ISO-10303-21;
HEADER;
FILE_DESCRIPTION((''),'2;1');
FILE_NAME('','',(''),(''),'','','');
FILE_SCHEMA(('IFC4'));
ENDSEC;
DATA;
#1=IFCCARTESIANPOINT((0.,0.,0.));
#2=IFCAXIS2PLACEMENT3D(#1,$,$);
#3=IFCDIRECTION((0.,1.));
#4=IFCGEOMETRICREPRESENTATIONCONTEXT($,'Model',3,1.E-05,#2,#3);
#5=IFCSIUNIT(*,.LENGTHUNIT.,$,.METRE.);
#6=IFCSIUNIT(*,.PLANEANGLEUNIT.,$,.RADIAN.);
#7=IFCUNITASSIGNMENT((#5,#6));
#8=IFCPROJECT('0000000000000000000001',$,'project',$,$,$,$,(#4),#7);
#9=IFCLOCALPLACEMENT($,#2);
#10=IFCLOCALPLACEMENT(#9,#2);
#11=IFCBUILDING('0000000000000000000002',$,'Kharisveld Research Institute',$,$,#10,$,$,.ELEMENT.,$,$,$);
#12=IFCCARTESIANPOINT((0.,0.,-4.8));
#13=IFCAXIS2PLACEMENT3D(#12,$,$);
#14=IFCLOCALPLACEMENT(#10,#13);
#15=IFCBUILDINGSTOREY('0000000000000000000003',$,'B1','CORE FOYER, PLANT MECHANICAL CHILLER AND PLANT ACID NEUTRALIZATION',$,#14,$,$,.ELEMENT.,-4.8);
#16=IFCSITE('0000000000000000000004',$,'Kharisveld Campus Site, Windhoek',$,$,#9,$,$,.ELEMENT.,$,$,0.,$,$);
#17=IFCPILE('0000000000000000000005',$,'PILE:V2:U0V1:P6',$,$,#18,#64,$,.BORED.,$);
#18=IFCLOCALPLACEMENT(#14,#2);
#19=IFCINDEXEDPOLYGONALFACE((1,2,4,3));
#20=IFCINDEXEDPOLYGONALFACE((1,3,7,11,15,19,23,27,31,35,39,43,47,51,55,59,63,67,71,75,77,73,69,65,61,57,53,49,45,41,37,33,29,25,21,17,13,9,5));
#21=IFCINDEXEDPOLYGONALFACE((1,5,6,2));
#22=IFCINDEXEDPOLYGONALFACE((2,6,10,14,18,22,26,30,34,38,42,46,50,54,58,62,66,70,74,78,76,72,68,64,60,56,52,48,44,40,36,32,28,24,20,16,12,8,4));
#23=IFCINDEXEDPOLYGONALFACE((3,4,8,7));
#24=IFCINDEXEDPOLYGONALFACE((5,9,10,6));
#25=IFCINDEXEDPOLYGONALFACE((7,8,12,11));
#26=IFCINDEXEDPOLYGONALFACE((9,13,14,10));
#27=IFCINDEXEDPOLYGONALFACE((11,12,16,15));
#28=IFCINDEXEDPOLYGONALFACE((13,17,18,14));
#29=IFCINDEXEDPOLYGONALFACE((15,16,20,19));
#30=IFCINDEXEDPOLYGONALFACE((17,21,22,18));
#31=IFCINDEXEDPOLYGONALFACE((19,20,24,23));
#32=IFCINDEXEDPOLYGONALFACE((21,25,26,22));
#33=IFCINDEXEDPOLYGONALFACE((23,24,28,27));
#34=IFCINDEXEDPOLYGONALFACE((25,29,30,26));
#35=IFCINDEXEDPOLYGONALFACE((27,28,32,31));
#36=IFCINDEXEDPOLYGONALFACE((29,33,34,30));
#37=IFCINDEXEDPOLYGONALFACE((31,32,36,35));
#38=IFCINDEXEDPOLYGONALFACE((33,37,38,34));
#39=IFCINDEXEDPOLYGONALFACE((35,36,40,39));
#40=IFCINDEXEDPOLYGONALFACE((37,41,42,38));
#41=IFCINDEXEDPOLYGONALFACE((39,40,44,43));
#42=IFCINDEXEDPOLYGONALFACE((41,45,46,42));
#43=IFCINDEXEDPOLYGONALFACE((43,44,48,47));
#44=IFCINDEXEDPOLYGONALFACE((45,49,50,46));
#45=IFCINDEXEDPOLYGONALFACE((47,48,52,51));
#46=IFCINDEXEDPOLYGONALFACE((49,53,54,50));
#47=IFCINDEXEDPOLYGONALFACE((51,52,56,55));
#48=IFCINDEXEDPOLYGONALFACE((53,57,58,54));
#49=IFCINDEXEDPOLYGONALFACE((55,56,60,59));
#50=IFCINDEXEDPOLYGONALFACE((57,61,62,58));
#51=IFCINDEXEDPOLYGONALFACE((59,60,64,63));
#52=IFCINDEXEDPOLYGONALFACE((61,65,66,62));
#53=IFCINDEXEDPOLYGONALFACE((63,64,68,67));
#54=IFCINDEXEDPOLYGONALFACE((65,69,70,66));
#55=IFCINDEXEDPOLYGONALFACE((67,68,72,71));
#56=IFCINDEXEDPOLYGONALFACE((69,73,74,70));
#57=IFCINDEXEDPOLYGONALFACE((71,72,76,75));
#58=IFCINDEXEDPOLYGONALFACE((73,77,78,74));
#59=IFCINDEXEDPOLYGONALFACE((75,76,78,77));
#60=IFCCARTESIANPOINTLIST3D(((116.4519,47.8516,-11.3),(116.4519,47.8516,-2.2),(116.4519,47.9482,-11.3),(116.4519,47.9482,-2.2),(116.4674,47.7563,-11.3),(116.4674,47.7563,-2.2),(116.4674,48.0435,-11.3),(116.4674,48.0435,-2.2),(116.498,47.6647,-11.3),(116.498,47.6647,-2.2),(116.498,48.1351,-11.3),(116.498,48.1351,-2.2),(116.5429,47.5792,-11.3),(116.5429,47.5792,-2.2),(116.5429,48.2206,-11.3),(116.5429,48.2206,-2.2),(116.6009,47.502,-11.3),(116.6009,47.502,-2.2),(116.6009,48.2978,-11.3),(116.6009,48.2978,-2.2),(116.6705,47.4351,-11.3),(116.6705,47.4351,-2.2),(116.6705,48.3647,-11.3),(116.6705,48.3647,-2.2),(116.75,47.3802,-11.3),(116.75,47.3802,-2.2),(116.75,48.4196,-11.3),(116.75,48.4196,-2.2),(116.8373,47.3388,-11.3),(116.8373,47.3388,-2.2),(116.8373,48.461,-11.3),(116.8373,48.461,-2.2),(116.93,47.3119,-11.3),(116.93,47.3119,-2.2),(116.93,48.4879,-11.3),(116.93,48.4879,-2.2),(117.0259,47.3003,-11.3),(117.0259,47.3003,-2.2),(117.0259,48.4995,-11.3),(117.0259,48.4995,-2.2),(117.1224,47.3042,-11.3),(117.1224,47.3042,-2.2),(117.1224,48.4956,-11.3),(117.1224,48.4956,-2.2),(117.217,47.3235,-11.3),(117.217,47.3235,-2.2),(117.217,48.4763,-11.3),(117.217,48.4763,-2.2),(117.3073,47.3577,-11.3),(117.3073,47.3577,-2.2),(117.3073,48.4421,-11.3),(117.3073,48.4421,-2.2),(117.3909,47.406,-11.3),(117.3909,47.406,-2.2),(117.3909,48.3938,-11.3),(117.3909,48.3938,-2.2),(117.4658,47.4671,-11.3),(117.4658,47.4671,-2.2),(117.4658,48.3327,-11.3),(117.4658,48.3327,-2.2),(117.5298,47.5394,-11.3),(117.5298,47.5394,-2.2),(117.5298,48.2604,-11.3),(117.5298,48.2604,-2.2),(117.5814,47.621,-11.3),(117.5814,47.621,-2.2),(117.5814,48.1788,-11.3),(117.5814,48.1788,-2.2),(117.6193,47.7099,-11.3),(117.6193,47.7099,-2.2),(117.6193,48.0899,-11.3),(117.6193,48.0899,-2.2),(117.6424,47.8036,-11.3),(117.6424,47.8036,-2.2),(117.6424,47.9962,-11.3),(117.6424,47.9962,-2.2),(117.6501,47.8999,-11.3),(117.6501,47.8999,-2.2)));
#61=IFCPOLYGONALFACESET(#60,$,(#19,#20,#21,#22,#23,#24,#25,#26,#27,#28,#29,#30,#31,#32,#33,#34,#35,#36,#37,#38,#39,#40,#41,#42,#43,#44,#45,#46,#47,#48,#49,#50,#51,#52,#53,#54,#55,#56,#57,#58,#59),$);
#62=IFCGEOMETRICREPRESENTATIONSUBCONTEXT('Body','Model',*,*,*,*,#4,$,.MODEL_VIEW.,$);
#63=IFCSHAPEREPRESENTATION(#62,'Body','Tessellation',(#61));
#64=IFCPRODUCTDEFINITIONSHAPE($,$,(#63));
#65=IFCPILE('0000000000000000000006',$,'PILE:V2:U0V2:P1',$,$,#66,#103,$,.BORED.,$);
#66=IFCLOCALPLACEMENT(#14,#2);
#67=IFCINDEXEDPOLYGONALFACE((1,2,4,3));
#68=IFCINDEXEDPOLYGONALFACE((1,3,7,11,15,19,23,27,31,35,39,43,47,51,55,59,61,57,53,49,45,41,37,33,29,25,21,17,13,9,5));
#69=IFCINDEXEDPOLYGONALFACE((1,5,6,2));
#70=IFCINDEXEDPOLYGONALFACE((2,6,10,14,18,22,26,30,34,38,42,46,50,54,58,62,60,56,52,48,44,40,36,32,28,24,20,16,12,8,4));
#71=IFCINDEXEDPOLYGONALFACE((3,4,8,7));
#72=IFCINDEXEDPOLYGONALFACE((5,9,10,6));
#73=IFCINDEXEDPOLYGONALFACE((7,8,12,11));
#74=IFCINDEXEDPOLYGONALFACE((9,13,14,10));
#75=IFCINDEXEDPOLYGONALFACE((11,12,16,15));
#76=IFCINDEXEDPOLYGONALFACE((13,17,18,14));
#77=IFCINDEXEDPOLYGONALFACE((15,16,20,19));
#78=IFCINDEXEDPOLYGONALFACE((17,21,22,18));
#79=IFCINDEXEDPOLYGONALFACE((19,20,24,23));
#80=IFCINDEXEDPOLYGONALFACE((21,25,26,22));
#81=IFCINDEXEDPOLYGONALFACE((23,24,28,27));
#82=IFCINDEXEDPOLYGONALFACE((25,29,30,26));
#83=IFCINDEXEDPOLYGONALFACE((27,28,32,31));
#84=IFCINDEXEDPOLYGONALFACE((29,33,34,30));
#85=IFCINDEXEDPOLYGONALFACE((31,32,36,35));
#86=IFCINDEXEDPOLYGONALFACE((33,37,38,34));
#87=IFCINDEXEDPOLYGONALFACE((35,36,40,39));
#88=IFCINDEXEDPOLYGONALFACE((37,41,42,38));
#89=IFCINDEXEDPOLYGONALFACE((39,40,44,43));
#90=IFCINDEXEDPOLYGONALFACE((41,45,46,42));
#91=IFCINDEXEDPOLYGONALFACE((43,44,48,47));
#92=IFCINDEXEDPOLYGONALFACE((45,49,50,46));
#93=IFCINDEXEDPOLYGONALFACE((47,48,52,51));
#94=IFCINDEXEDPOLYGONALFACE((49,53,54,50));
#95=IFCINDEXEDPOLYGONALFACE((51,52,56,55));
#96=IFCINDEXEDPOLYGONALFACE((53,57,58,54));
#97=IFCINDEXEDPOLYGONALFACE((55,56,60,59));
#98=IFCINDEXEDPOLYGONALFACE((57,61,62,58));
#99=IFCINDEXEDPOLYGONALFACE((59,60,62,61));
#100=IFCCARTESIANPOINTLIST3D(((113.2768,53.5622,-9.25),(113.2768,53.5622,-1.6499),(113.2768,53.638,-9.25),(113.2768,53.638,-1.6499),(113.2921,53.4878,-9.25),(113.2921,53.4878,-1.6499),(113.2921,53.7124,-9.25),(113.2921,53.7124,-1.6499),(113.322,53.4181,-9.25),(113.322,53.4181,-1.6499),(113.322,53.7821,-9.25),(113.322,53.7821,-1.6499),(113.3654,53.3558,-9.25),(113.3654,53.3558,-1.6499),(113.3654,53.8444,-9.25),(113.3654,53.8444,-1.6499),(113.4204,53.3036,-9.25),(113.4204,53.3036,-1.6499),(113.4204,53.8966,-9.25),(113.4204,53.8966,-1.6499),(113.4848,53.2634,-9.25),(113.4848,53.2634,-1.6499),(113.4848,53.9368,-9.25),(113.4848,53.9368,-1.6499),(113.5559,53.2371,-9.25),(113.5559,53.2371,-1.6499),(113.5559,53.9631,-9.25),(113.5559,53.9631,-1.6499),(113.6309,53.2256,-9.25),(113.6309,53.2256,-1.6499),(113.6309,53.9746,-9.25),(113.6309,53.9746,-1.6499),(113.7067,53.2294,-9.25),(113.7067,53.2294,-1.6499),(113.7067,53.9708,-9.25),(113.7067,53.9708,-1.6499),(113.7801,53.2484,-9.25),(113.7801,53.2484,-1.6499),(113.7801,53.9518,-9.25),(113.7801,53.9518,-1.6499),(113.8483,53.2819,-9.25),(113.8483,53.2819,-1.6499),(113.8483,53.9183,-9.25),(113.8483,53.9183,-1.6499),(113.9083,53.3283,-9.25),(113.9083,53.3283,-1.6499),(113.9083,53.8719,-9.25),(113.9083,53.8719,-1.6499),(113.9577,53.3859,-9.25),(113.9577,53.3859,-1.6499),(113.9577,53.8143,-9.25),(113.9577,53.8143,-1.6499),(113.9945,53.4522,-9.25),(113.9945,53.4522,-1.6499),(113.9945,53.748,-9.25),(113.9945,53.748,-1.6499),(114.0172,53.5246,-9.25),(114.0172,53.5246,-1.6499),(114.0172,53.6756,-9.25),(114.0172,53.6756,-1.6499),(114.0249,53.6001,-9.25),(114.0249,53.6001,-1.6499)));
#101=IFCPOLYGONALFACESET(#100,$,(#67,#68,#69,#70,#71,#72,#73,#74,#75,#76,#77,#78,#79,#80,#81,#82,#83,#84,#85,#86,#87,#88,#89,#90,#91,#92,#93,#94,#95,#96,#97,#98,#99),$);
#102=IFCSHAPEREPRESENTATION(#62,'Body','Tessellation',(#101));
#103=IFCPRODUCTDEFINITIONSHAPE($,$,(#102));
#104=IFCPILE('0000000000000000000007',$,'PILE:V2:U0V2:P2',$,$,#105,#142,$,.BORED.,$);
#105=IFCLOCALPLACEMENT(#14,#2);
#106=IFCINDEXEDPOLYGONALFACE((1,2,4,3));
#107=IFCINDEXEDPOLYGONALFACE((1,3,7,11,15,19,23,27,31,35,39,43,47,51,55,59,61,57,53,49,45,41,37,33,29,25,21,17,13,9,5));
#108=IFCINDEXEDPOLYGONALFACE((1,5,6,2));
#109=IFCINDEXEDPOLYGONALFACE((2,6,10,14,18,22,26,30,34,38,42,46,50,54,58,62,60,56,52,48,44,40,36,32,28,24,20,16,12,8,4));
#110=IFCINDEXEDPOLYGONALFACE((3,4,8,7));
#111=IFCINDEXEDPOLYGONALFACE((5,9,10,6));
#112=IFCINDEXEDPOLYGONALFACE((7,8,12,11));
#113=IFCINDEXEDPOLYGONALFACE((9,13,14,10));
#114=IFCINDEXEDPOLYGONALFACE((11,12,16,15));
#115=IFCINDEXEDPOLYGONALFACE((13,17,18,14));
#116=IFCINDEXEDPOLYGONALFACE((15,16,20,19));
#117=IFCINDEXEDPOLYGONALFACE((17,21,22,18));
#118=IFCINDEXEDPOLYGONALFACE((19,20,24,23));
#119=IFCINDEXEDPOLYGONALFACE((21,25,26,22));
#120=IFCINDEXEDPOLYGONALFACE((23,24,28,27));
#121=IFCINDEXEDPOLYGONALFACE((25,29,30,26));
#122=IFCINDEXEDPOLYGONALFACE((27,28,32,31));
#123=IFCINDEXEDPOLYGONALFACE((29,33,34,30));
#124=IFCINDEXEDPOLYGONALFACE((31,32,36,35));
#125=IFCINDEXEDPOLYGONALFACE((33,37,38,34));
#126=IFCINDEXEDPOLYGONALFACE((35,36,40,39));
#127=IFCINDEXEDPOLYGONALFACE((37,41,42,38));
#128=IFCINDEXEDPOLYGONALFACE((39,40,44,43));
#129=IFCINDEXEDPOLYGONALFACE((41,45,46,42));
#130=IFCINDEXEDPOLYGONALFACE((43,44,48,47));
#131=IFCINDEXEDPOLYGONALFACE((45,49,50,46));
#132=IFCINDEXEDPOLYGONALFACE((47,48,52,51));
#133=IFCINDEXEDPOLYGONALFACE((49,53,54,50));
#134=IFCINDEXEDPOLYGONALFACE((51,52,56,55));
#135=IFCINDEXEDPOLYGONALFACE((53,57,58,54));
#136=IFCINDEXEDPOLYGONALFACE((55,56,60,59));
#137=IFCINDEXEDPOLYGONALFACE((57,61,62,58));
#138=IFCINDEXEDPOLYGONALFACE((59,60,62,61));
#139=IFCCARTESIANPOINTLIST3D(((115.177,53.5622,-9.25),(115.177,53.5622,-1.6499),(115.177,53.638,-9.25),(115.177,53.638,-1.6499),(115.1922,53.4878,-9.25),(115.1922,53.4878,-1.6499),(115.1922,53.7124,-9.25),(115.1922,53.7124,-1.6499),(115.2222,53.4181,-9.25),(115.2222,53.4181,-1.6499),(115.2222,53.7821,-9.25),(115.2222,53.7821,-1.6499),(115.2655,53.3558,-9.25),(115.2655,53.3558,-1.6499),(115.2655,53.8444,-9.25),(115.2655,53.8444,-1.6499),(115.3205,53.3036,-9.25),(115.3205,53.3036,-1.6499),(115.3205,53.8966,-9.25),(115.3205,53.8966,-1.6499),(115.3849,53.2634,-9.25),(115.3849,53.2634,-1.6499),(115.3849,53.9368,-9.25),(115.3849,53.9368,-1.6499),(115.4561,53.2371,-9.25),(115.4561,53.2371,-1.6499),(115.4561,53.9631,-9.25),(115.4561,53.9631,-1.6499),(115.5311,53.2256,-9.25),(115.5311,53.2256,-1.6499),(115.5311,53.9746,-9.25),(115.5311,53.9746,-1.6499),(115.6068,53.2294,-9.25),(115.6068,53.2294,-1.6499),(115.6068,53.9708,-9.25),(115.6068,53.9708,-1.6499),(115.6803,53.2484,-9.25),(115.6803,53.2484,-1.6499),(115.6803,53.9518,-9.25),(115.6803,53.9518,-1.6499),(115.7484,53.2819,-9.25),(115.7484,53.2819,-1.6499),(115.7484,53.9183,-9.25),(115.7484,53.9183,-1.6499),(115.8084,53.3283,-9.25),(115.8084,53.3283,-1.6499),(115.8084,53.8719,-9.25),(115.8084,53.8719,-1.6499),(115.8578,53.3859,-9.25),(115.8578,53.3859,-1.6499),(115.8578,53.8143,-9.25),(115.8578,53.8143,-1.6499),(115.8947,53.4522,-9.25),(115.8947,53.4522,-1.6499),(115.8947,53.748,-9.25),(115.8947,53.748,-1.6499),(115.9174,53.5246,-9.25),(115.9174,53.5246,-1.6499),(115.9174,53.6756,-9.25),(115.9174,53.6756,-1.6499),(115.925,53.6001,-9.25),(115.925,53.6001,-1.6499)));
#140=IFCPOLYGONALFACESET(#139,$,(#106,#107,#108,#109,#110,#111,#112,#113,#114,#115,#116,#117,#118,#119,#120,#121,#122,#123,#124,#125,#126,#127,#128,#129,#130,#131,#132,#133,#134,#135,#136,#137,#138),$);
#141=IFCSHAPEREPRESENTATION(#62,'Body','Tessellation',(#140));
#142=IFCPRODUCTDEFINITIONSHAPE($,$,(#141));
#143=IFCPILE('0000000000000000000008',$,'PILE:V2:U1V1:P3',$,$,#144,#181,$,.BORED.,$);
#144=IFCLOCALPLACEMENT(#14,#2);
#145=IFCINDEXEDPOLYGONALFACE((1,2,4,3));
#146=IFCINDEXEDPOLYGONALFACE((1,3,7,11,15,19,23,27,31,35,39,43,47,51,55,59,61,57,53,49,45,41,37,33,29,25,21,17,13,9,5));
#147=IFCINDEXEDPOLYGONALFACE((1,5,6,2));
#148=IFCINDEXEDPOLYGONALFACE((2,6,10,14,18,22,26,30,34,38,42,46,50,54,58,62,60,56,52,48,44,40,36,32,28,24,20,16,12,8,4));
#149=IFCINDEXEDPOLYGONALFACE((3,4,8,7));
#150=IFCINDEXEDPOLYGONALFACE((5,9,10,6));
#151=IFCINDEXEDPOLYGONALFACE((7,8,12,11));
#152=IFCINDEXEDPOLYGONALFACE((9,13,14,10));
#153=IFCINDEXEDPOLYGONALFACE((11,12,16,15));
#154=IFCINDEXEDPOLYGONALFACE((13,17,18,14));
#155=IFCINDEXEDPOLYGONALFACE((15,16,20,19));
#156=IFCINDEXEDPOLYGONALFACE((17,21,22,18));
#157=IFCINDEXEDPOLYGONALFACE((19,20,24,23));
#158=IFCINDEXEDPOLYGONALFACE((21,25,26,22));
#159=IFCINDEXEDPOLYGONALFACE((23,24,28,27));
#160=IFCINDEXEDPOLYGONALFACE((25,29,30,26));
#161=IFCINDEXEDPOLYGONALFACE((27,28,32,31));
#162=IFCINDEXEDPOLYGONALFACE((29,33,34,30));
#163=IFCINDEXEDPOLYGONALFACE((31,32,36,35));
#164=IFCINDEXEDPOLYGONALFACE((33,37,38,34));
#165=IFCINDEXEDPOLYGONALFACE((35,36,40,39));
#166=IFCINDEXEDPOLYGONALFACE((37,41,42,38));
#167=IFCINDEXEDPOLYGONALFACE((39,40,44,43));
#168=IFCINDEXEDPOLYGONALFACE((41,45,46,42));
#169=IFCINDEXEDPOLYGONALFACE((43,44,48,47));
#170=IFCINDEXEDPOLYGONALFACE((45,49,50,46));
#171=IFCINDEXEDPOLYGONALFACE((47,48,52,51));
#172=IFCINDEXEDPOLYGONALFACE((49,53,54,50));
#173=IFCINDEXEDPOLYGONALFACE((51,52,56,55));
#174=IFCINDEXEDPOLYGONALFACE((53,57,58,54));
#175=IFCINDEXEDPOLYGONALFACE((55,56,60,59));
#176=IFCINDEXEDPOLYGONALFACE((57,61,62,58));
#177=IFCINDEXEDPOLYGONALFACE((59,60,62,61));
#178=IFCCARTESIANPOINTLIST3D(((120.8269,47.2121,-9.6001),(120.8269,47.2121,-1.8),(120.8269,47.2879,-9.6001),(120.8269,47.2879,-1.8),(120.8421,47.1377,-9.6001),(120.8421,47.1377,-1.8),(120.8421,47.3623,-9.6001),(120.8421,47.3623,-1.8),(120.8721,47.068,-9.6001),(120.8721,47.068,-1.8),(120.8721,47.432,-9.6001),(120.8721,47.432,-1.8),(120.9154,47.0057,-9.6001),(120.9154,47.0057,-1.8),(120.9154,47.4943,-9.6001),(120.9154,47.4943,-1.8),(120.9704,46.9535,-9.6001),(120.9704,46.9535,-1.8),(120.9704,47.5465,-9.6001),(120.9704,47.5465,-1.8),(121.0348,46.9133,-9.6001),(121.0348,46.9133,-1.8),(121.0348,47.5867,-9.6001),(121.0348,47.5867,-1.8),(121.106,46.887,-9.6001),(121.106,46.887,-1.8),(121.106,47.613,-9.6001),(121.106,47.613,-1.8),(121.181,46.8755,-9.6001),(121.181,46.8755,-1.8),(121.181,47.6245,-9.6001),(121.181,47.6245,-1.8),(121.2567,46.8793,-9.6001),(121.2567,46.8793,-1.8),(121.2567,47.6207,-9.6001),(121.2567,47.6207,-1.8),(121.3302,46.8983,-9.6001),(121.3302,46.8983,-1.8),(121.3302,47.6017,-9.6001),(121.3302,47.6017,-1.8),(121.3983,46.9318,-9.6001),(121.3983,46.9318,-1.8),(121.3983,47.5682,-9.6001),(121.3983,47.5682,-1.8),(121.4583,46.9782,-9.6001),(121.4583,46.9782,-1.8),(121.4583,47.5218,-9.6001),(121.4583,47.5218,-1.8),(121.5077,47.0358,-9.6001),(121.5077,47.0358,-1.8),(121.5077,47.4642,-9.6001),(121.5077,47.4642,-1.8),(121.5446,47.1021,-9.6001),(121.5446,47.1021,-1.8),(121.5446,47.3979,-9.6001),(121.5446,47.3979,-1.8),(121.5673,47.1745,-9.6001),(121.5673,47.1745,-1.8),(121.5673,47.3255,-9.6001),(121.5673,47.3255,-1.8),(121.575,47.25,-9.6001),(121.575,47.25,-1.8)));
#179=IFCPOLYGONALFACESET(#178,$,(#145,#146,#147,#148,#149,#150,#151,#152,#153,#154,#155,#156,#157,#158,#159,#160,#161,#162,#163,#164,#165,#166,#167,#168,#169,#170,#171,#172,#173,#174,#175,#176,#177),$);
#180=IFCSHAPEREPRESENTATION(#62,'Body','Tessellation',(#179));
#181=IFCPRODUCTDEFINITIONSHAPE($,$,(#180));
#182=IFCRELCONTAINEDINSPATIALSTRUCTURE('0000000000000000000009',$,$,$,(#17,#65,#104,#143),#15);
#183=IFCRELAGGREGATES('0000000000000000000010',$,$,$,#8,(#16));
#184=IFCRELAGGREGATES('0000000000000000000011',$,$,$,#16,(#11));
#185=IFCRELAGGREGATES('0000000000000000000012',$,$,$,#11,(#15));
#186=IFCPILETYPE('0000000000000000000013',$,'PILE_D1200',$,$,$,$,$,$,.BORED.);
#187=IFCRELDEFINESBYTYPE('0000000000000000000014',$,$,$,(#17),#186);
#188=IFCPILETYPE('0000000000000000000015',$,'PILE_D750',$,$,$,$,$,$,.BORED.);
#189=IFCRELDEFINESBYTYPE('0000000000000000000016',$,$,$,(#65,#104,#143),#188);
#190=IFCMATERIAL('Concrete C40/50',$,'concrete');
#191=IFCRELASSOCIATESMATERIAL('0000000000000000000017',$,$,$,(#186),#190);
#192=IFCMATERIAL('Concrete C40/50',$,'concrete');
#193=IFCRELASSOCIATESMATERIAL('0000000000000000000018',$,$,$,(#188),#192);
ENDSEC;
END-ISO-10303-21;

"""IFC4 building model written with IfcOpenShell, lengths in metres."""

from ifc_helpers import new_model, si_unit, direction, frame, origin, origin_2d, place, context, subcontext, project, spatial, circle, extrude, material, material_profile, profile_set, type_object, element, save


model = new_model("IFC4")

# Units and contexts
model_context = context("Model", 3, precision=1e-05, world=origin(), true_north=direction((0.0, 1.0)))
body_context = subcontext(model_context, "Body", "Model", "MODEL_VIEW")
ifc_project = project(units=[si_unit("LENGTHUNIT", "METRE"), si_unit("PLANEANGLEUNIT", "RADIAN")], contexts=[model_context])

# Site, building, storey
site_placement = place(None, origin())
site = spatial("IfcSite", under=ifc_project, at=site_placement, Name="Kharisveld Campus Site, Windhoek", CompositionType="ELEMENT", RefElevation=0.0)
building_placement = place(site_placement, origin())
building = spatial("IfcBuilding", under=site, at=building_placement, Name="Kharisveld Research Institute", CompositionType="ELEMENT")
storey_placement = place(building_placement, frame((0.0, 0.0, -4.8)))
storey = spatial("IfcBuildingStorey", under=building, at=storey_placement, Name="B1", Description="CORE FOYER, PLANT MECHANICAL CHILLER AND PLANT ACID NEUTRALIZATION", CompositionType="ELEMENT", Elevation=-4.8)

# Piles
ifc_material_1 = material(Name="Concrete C40/50", Category="concrete")
ifc_material_profile_1 = material_profile(ifc_material_1, circle(Radius=0.6001, at=origin_2d()))
ifc_profile_set_1 = profile_set([ifc_material_profile_1], Name="Concrete C40/50")
pile_type_1 = type_object("IfcPileType", Name="PILE_D1200", PredefinedType="BORED", material=ifc_profile_set_1)
for number, where, z_axis, x_axis, name in (
    (1, (117.05, 47.8999, -2.2), (0.0, 0.0, -1.0), (1.0, 0.0, 0.0), "PILE:V2:U0V1:P6"),
):
    element("IfcPile", number, at=place(storey_placement, frame(where, z_axis=z_axis, x_axis=x_axis)), inside=storey, type_object=pile_type_1, Name=name, PredefinedType="BORED", context=body_context, shape_type="SweptSolid", body=[
        extrude(circle(Radius=0.6001, at=origin_2d()), origin(), (0.0, 0.0, 1.0), 9.1001),
    ])
ifc_material_2 = material(Name="Concrete C40/50", Category="concrete")
ifc_material_profile_2 = material_profile(ifc_material_2, circle(Radius=0.375, at=origin_2d()))
ifc_profile_set_2 = profile_set([ifc_material_profile_2], Name="Concrete C40/50")
pile_type_2 = type_object("IfcPileType", Name="PILE_D750", PredefinedType="BORED", material=ifc_profile_set_2)
for number, where, z_axis, x_axis, name in (
    (2, (113.6499, 53.6001, -1.6499), (0.0, 0.0, -1.0), (1.0, 0.0, 0.0), "PILE:V2:U0V2:P1"),
    (3, (115.55, 53.6001, -1.6499), (0.0, 0.0, -1.0), (1.0, 0.0, 0.0), "PILE:V2:U0V2:P2"),
):
    element("IfcPile", number, at=place(storey_placement, frame(where, z_axis=z_axis, x_axis=x_axis)), inside=storey, type_object=pile_type_2, Name=name, PredefinedType="BORED", context=body_context, shape_type="SweptSolid", body=[
        extrude(circle(Radius=0.375, at=origin_2d()), origin(), (0.0, 0.0, 1.0), 7.6001),
    ])
pile_placement = place(storey_placement, frame((121.2, 47.25, -1.8), z_axis=(0.0, 0.0, -1.0), x_axis=(1.0, 0.0, 0.0)))
element("IfcPile", 4, at=pile_placement, inside=storey, type_object=pile_type_2, Name="PILE:V2:U1V1:P3", PredefinedType="BORED", context=body_context, shape_type="SweptSolid", body=[
    extrude(circle(Radius=0.375, at=origin_2d()), origin(), (0.0, 0.0, 1.0), 7.8),
])

save(model, "model.ifc")
